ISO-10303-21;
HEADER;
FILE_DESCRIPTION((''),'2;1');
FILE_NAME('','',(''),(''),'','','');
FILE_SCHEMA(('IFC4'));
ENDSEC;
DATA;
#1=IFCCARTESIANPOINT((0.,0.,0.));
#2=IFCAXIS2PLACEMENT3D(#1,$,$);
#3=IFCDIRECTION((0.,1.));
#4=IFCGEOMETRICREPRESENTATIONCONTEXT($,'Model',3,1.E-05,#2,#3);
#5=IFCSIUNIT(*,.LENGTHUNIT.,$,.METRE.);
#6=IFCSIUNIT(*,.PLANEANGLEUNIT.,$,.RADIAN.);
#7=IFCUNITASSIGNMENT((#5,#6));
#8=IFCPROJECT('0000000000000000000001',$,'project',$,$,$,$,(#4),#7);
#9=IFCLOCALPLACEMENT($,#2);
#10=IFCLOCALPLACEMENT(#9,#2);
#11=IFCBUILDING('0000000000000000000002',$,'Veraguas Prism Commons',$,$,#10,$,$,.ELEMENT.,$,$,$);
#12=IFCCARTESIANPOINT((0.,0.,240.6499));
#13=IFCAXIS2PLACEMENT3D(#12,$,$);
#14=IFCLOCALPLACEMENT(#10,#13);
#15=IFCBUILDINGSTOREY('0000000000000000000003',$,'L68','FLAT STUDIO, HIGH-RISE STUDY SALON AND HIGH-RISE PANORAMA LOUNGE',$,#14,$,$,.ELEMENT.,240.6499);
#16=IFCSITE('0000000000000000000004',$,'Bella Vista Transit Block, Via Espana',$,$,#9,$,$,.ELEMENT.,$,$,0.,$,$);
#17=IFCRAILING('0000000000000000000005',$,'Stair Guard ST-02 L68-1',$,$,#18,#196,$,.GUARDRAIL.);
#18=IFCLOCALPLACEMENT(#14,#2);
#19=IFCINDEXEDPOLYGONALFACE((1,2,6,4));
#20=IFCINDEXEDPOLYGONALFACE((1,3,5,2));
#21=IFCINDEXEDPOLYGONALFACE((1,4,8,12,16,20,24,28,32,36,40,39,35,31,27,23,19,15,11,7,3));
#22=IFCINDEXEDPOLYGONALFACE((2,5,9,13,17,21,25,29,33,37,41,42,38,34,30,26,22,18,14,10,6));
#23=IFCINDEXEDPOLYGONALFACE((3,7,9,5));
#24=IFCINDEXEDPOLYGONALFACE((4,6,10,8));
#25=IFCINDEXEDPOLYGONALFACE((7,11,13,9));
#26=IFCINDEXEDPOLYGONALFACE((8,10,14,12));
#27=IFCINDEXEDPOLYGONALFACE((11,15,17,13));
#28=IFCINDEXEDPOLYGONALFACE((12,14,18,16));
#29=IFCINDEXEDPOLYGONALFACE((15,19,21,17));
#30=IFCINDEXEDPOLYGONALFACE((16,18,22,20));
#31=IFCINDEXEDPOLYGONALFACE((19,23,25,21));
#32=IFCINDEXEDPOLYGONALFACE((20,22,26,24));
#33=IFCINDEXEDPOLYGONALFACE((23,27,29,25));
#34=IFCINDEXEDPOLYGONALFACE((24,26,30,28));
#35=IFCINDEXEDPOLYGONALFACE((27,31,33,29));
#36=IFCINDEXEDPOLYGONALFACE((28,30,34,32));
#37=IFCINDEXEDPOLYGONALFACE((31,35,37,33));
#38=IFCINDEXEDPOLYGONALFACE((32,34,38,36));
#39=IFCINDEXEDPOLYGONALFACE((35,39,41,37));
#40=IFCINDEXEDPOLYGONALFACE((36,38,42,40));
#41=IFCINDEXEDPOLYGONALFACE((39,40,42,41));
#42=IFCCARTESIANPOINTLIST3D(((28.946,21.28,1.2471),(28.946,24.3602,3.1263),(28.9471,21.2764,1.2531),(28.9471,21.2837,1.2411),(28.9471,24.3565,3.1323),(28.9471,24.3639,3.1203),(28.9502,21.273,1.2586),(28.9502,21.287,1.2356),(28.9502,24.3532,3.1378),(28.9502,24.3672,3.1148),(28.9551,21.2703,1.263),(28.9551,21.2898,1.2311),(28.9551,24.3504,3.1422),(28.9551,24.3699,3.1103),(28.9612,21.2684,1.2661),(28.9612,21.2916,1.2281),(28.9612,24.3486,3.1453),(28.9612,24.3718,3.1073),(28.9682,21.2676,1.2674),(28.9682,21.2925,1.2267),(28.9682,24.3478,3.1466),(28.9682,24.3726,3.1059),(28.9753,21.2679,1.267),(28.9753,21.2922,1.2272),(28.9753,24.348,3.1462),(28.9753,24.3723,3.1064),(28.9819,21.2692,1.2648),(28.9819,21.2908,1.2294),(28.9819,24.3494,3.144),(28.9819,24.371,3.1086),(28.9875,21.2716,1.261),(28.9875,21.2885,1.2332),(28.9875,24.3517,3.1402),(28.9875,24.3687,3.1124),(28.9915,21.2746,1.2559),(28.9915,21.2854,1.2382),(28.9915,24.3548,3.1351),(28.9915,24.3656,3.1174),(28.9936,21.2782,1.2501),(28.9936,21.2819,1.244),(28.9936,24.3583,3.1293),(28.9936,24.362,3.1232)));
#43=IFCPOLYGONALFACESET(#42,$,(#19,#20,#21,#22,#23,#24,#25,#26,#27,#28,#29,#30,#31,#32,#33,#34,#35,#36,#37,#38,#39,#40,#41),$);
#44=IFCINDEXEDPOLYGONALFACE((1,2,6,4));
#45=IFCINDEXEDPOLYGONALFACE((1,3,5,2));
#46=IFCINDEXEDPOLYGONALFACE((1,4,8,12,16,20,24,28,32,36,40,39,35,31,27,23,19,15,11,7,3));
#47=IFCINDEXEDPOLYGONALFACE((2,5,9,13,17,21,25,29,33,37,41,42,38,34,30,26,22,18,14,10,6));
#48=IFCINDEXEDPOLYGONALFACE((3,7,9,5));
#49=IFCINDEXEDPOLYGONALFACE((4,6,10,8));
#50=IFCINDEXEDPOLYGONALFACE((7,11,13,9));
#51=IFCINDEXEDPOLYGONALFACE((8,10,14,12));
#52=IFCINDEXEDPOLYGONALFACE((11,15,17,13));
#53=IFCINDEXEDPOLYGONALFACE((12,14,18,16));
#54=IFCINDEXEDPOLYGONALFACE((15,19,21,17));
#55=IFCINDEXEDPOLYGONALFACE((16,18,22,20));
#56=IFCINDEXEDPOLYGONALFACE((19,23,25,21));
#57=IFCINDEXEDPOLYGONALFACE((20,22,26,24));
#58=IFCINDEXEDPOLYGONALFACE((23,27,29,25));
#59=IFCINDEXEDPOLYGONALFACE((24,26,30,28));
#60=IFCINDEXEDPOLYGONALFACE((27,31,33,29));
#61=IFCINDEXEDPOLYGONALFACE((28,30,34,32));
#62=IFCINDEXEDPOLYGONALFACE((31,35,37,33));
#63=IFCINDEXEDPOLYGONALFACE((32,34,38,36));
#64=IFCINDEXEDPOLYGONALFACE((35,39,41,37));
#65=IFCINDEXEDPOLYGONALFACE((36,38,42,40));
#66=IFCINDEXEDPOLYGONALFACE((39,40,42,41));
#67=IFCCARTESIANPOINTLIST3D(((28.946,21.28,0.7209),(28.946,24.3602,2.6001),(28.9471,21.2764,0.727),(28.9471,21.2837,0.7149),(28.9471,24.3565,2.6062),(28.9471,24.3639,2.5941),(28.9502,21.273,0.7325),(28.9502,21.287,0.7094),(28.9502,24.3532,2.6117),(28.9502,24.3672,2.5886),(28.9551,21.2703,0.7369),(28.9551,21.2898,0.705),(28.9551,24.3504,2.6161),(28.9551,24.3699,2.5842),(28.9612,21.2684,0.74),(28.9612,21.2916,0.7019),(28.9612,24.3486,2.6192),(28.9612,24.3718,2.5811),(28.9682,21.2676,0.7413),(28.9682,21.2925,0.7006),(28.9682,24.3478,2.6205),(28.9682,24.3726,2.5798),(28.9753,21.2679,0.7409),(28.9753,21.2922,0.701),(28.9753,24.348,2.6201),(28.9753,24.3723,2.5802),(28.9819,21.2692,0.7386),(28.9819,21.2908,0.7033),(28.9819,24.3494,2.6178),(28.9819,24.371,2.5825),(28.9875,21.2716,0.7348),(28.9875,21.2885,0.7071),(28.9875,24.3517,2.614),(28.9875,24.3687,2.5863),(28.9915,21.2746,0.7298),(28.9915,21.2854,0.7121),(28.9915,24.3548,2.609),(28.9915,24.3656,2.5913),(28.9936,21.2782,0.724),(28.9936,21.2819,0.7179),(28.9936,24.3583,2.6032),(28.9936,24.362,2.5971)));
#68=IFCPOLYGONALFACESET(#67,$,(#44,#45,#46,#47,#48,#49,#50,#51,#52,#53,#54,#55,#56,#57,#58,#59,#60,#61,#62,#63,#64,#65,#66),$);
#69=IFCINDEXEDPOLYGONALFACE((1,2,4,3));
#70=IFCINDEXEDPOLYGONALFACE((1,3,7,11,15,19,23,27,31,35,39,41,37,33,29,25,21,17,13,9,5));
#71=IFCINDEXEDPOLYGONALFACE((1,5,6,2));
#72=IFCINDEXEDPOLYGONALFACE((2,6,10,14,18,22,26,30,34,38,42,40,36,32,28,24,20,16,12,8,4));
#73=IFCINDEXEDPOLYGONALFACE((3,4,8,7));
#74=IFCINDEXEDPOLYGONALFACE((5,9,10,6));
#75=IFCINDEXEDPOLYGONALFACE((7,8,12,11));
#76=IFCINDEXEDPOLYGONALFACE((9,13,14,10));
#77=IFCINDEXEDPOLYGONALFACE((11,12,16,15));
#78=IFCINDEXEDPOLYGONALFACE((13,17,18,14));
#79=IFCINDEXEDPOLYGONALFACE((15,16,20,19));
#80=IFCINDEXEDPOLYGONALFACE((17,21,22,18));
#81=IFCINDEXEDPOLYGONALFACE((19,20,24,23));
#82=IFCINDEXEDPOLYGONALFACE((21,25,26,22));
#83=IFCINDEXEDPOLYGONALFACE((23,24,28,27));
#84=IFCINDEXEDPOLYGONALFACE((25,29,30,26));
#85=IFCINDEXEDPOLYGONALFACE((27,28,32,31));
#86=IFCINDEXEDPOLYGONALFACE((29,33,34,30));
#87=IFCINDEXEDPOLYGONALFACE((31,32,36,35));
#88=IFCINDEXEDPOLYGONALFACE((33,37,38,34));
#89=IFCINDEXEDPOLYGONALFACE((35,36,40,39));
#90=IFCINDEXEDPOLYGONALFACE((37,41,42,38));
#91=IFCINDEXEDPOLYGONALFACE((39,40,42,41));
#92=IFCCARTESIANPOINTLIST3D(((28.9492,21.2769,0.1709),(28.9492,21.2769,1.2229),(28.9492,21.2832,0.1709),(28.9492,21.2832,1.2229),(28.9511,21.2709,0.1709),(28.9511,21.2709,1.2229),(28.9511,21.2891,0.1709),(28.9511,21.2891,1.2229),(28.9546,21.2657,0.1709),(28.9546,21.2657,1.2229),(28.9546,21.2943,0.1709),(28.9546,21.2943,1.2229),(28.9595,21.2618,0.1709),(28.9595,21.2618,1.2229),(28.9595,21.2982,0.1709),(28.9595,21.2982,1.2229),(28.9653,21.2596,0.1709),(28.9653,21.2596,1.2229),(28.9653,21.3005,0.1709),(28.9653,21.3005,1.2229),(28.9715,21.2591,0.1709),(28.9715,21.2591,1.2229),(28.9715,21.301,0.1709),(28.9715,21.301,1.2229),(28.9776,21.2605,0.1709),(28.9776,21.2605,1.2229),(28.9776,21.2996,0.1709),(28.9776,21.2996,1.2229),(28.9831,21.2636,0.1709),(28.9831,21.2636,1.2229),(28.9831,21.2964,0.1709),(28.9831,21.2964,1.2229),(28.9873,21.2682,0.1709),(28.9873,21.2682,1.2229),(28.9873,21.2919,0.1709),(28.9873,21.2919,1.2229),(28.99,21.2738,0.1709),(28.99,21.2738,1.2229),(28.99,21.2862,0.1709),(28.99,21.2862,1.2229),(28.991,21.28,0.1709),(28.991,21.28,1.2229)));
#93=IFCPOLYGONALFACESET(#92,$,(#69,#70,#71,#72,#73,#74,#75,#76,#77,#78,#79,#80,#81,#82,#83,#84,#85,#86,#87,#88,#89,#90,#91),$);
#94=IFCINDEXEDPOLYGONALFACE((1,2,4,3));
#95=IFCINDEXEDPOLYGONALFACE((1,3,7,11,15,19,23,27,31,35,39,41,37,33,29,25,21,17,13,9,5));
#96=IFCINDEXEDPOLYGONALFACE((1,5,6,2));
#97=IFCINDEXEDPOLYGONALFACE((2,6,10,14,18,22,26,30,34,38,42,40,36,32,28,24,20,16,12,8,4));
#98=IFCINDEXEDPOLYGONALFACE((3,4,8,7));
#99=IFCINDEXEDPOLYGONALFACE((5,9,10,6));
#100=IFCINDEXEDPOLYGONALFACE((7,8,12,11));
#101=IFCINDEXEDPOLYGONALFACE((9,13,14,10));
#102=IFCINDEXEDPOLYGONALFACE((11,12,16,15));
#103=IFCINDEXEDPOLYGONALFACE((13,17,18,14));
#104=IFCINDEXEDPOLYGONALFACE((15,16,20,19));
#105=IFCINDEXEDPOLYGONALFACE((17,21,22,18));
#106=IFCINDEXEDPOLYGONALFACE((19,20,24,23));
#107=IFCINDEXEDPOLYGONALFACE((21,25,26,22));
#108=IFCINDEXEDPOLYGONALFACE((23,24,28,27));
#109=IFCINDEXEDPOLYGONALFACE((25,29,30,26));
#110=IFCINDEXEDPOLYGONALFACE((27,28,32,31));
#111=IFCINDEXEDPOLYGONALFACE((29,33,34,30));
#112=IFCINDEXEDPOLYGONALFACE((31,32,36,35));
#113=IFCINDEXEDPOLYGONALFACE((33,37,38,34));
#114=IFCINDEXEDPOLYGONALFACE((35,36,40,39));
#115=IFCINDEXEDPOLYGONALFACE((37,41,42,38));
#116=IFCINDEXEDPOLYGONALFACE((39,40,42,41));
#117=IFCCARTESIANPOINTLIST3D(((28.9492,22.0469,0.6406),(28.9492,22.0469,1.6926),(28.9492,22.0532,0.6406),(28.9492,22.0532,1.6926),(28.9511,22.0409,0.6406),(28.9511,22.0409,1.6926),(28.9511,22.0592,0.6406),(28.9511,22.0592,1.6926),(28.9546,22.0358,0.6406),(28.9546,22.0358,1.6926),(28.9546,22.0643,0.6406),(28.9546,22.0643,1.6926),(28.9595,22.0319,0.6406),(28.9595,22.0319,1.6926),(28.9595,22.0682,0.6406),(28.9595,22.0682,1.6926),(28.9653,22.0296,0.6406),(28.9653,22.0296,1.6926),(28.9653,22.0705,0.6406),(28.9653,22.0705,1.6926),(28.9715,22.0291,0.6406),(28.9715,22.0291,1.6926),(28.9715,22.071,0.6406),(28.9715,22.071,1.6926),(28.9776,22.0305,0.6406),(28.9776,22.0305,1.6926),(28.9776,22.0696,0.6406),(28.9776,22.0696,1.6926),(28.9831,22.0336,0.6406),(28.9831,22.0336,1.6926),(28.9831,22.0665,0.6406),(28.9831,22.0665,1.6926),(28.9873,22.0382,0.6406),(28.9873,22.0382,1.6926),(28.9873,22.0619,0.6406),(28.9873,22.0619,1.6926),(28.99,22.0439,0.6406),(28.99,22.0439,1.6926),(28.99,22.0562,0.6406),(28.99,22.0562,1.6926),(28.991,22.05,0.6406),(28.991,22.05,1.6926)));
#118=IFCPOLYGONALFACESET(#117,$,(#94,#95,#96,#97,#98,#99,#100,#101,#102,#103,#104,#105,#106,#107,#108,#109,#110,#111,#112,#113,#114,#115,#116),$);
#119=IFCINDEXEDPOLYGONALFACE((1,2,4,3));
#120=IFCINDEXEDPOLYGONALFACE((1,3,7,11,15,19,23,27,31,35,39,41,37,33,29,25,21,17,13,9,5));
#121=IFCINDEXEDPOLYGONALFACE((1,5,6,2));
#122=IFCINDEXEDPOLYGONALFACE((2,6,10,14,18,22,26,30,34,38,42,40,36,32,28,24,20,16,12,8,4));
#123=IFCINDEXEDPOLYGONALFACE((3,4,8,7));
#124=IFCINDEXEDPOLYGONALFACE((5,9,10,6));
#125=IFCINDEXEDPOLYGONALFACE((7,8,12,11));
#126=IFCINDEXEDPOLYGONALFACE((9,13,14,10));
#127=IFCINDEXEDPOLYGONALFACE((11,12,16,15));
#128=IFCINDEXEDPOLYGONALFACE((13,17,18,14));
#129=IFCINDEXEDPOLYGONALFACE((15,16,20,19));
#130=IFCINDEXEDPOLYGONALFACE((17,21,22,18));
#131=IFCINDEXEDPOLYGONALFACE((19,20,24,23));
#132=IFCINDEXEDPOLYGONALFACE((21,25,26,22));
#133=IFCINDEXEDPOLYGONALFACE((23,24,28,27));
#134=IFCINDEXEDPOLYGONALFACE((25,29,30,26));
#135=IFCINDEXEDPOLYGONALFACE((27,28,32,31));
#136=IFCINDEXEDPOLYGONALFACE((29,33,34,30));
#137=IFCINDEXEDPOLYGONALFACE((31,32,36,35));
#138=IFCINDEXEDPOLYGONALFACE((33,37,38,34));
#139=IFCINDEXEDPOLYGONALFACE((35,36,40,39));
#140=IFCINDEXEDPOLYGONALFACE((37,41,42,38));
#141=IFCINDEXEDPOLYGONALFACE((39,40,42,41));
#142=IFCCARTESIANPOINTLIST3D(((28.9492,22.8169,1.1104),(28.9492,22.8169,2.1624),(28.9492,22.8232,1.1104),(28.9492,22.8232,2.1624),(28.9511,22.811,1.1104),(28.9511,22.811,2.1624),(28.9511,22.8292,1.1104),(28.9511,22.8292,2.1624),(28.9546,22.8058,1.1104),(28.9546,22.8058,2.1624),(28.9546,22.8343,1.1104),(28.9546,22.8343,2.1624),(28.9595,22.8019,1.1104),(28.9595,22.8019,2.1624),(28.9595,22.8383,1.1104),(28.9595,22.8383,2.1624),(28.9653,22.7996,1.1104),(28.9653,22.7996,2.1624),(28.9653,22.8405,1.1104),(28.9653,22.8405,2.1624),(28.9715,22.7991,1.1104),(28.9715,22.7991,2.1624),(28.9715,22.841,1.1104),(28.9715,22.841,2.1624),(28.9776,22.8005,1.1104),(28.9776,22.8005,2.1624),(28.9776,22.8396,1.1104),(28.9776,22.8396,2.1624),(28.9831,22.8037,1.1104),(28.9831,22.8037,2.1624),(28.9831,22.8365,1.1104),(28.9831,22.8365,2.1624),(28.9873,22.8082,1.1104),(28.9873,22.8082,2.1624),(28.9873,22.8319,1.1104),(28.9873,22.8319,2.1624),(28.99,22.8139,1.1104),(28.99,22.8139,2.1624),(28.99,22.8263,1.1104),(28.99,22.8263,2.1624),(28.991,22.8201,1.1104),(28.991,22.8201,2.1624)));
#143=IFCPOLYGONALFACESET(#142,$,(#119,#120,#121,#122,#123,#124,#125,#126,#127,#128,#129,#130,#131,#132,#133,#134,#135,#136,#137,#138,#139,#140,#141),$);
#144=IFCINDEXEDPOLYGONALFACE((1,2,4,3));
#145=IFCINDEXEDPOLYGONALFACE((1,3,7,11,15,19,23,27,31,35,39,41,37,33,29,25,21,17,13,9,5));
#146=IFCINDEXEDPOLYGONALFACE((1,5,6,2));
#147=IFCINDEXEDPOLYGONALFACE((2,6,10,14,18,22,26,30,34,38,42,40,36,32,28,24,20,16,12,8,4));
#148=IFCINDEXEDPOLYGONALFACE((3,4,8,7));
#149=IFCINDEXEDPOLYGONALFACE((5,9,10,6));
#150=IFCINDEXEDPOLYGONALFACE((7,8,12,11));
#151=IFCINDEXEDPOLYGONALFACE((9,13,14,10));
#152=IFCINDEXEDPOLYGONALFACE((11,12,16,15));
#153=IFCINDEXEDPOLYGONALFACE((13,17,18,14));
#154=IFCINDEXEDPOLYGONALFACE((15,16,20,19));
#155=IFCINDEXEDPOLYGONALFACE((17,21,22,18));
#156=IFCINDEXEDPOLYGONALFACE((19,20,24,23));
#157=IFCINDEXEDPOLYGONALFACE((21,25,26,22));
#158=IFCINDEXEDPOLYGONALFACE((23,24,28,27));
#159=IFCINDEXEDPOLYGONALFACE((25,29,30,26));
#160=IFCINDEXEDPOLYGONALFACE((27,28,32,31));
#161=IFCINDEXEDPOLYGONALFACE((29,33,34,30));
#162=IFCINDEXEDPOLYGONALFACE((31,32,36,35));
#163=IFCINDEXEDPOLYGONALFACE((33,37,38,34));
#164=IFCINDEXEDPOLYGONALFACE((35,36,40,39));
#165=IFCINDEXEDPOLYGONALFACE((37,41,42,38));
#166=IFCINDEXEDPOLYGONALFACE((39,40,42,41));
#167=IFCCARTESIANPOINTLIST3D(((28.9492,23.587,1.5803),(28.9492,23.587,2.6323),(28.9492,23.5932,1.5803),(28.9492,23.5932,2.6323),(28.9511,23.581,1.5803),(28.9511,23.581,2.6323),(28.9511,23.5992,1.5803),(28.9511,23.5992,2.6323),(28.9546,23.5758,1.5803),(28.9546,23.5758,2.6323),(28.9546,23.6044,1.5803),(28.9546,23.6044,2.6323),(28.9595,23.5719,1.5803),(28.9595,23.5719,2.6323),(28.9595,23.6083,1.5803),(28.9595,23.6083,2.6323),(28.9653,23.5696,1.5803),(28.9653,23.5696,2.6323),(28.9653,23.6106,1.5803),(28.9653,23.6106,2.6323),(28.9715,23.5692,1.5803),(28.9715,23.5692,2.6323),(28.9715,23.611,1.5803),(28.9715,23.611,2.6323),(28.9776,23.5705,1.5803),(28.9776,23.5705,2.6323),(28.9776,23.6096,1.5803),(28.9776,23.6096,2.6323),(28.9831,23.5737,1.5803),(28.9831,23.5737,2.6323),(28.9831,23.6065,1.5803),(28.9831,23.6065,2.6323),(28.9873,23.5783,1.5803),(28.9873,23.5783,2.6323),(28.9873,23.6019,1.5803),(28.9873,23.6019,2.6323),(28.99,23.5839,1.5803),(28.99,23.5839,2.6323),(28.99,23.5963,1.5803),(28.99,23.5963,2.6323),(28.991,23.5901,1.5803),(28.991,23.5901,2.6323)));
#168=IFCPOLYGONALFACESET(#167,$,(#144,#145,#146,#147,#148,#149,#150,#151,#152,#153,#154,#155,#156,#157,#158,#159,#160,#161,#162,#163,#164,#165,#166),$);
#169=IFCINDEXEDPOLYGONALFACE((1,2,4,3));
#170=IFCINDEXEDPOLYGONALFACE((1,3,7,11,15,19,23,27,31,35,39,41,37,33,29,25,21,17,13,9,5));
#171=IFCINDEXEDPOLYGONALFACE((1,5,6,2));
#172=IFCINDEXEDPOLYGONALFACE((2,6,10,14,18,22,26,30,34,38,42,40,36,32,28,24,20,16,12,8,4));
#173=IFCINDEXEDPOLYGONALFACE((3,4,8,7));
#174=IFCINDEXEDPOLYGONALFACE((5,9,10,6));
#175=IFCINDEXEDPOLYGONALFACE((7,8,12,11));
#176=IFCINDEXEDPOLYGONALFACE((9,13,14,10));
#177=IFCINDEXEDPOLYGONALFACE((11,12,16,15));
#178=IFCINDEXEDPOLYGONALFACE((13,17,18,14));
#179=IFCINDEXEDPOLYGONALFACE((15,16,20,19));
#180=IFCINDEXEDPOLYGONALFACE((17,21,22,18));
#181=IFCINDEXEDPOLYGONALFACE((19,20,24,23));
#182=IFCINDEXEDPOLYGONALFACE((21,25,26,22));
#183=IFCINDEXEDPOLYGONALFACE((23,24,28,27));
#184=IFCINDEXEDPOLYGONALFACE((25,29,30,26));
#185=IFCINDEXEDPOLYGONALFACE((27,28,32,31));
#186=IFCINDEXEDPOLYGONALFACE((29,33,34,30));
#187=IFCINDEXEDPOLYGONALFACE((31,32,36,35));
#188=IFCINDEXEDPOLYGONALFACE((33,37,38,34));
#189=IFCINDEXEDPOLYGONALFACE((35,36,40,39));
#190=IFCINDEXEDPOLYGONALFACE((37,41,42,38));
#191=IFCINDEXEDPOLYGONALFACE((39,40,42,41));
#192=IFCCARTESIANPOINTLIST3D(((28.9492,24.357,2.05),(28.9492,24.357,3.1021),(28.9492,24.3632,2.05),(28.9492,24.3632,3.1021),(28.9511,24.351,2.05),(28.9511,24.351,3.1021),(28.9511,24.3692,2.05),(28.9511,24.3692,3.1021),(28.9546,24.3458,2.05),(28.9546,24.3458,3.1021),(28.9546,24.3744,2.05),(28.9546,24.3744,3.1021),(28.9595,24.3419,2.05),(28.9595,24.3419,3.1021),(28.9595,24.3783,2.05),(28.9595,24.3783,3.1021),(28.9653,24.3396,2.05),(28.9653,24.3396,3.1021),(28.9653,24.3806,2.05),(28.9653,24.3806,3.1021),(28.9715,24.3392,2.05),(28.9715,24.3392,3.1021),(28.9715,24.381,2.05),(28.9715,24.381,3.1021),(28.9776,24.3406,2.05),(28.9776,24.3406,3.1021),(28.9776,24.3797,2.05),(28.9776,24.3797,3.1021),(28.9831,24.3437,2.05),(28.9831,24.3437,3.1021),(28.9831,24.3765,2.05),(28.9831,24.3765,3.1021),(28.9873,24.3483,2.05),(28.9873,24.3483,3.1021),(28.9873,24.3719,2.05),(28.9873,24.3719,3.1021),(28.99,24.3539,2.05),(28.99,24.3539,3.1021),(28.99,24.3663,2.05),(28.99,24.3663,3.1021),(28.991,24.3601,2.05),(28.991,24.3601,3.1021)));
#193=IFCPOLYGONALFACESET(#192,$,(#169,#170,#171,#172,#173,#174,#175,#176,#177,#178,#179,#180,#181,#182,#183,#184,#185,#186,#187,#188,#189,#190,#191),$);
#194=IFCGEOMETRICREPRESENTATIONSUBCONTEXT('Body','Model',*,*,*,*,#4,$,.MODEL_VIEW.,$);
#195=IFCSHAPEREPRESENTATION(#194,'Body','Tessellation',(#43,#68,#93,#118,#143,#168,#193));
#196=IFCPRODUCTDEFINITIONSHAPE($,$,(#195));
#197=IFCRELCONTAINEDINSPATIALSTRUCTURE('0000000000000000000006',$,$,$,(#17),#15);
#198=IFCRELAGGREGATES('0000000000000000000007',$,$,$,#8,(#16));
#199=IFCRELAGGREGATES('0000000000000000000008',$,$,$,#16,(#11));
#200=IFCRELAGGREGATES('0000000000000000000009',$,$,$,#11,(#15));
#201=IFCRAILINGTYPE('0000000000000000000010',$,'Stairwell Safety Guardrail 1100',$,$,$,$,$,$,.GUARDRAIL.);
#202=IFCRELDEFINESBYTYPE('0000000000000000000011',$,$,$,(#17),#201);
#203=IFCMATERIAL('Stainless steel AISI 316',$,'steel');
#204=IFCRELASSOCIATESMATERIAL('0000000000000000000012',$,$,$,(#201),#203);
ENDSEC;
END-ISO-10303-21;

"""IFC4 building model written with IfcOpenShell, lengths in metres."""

from ifc_helpers import new_model, si_unit, direction, frame, origin, origin_2d, place, context, subcontext, project, spatial, circle, extrude, material, type_object, element, save


model = new_model("IFC4")

# Units and contexts
model_context = context("Model", 3, precision=1e-05, world=origin(), true_north=direction((0.0, 1.0)))
body_context = subcontext(model_context, "Body", "Model", "MODEL_VIEW")
ifc_project = project(units=[si_unit("LENGTHUNIT", "METRE"), si_unit("PLANEANGLEUNIT", "RADIAN")], contexts=[model_context])

# Site, building, storey
site_placement = place(None, origin())
site = spatial("IfcSite", under=ifc_project, at=site_placement, Name="Bella Vista Transit Block, Via Espana", CompositionType="ELEMENT", RefElevation=0.0)
building_placement = place(site_placement, origin())
building = spatial("IfcBuilding", under=site, at=building_placement, Name="Veraguas Prism Commons", CompositionType="ELEMENT")
storey_placement = place(building_placement, frame((0.0, 0.0, 240.6499)))
storey = spatial("IfcBuildingStorey", under=building, at=storey_placement, Name="L68", Description="FLAT STUDIO, HIGH-RISE STUDY SALON AND HIGH-RISE PANORAMA LOUNGE", CompositionType="ELEMENT", Elevation=240.6499)

# Railing
ifc_material_1 = material(Name="Stainless steel AISI 316", Category="steel")
railing_type_1 = type_object("IfcRailingType", Name="Stairwell Safety Guardrail 1100", PredefinedType="GUARDRAIL", material=ifc_material_1)
railing_1_placement = place(storey_placement, frame((28.97, 21.28, 0.1709)))
element("IfcRailing", 1, at=railing_1_placement, inside=storey, type_object=railing_type_1, Name="Stair Guard ST-02 L68-1", PredefinedType="GUARDRAIL", context=body_context, shape_type="SweptSolid", body=[
    extrude(circle(Radius=0.0239, at=origin_2d()), frame((0.0, 0.0, 1.0762), z_axis=(0.0, 0.853666, 0.52082), x_axis=(-1.0, 0.0, 0.0)), (0.0, 0.0, 1.0), 3.6082),
    extrude(circle(Radius=0.0239, at=origin_2d()), frame((0.0, 0.0, 0.55), z_axis=(0.0, 0.853666, 0.52082), x_axis=(-1.0, 0.0, 0.0)), (0.0, 0.0, 1.0), 3.6082),
    extrude(circle(Radius=0.021, at=origin_2d()), origin(), (0.0, 0.0, 1.0), 1.052),
    extrude(circle(Radius=0.021, at=origin_2d()), frame((0.0, 0.77, 0.4697)), (0.0, 0.0, 1.0), 1.052),
    extrude(circle(Radius=0.021, at=origin_2d()), frame((0.0, 1.54, 0.9395)), (0.0, 0.0, 1.0), 1.052),
    extrude(circle(Radius=0.021, at=origin_2d()), frame((0.0, 2.3101, 1.4094)), (0.0, 0.0, 1.0), 1.052),
    extrude(circle(Radius=0.021, at=origin_2d()), frame((0.0, 3.0801, 1.8792)), (0.0, 0.0, 1.0), 1.052),
])

save(model, "model.ifc")
